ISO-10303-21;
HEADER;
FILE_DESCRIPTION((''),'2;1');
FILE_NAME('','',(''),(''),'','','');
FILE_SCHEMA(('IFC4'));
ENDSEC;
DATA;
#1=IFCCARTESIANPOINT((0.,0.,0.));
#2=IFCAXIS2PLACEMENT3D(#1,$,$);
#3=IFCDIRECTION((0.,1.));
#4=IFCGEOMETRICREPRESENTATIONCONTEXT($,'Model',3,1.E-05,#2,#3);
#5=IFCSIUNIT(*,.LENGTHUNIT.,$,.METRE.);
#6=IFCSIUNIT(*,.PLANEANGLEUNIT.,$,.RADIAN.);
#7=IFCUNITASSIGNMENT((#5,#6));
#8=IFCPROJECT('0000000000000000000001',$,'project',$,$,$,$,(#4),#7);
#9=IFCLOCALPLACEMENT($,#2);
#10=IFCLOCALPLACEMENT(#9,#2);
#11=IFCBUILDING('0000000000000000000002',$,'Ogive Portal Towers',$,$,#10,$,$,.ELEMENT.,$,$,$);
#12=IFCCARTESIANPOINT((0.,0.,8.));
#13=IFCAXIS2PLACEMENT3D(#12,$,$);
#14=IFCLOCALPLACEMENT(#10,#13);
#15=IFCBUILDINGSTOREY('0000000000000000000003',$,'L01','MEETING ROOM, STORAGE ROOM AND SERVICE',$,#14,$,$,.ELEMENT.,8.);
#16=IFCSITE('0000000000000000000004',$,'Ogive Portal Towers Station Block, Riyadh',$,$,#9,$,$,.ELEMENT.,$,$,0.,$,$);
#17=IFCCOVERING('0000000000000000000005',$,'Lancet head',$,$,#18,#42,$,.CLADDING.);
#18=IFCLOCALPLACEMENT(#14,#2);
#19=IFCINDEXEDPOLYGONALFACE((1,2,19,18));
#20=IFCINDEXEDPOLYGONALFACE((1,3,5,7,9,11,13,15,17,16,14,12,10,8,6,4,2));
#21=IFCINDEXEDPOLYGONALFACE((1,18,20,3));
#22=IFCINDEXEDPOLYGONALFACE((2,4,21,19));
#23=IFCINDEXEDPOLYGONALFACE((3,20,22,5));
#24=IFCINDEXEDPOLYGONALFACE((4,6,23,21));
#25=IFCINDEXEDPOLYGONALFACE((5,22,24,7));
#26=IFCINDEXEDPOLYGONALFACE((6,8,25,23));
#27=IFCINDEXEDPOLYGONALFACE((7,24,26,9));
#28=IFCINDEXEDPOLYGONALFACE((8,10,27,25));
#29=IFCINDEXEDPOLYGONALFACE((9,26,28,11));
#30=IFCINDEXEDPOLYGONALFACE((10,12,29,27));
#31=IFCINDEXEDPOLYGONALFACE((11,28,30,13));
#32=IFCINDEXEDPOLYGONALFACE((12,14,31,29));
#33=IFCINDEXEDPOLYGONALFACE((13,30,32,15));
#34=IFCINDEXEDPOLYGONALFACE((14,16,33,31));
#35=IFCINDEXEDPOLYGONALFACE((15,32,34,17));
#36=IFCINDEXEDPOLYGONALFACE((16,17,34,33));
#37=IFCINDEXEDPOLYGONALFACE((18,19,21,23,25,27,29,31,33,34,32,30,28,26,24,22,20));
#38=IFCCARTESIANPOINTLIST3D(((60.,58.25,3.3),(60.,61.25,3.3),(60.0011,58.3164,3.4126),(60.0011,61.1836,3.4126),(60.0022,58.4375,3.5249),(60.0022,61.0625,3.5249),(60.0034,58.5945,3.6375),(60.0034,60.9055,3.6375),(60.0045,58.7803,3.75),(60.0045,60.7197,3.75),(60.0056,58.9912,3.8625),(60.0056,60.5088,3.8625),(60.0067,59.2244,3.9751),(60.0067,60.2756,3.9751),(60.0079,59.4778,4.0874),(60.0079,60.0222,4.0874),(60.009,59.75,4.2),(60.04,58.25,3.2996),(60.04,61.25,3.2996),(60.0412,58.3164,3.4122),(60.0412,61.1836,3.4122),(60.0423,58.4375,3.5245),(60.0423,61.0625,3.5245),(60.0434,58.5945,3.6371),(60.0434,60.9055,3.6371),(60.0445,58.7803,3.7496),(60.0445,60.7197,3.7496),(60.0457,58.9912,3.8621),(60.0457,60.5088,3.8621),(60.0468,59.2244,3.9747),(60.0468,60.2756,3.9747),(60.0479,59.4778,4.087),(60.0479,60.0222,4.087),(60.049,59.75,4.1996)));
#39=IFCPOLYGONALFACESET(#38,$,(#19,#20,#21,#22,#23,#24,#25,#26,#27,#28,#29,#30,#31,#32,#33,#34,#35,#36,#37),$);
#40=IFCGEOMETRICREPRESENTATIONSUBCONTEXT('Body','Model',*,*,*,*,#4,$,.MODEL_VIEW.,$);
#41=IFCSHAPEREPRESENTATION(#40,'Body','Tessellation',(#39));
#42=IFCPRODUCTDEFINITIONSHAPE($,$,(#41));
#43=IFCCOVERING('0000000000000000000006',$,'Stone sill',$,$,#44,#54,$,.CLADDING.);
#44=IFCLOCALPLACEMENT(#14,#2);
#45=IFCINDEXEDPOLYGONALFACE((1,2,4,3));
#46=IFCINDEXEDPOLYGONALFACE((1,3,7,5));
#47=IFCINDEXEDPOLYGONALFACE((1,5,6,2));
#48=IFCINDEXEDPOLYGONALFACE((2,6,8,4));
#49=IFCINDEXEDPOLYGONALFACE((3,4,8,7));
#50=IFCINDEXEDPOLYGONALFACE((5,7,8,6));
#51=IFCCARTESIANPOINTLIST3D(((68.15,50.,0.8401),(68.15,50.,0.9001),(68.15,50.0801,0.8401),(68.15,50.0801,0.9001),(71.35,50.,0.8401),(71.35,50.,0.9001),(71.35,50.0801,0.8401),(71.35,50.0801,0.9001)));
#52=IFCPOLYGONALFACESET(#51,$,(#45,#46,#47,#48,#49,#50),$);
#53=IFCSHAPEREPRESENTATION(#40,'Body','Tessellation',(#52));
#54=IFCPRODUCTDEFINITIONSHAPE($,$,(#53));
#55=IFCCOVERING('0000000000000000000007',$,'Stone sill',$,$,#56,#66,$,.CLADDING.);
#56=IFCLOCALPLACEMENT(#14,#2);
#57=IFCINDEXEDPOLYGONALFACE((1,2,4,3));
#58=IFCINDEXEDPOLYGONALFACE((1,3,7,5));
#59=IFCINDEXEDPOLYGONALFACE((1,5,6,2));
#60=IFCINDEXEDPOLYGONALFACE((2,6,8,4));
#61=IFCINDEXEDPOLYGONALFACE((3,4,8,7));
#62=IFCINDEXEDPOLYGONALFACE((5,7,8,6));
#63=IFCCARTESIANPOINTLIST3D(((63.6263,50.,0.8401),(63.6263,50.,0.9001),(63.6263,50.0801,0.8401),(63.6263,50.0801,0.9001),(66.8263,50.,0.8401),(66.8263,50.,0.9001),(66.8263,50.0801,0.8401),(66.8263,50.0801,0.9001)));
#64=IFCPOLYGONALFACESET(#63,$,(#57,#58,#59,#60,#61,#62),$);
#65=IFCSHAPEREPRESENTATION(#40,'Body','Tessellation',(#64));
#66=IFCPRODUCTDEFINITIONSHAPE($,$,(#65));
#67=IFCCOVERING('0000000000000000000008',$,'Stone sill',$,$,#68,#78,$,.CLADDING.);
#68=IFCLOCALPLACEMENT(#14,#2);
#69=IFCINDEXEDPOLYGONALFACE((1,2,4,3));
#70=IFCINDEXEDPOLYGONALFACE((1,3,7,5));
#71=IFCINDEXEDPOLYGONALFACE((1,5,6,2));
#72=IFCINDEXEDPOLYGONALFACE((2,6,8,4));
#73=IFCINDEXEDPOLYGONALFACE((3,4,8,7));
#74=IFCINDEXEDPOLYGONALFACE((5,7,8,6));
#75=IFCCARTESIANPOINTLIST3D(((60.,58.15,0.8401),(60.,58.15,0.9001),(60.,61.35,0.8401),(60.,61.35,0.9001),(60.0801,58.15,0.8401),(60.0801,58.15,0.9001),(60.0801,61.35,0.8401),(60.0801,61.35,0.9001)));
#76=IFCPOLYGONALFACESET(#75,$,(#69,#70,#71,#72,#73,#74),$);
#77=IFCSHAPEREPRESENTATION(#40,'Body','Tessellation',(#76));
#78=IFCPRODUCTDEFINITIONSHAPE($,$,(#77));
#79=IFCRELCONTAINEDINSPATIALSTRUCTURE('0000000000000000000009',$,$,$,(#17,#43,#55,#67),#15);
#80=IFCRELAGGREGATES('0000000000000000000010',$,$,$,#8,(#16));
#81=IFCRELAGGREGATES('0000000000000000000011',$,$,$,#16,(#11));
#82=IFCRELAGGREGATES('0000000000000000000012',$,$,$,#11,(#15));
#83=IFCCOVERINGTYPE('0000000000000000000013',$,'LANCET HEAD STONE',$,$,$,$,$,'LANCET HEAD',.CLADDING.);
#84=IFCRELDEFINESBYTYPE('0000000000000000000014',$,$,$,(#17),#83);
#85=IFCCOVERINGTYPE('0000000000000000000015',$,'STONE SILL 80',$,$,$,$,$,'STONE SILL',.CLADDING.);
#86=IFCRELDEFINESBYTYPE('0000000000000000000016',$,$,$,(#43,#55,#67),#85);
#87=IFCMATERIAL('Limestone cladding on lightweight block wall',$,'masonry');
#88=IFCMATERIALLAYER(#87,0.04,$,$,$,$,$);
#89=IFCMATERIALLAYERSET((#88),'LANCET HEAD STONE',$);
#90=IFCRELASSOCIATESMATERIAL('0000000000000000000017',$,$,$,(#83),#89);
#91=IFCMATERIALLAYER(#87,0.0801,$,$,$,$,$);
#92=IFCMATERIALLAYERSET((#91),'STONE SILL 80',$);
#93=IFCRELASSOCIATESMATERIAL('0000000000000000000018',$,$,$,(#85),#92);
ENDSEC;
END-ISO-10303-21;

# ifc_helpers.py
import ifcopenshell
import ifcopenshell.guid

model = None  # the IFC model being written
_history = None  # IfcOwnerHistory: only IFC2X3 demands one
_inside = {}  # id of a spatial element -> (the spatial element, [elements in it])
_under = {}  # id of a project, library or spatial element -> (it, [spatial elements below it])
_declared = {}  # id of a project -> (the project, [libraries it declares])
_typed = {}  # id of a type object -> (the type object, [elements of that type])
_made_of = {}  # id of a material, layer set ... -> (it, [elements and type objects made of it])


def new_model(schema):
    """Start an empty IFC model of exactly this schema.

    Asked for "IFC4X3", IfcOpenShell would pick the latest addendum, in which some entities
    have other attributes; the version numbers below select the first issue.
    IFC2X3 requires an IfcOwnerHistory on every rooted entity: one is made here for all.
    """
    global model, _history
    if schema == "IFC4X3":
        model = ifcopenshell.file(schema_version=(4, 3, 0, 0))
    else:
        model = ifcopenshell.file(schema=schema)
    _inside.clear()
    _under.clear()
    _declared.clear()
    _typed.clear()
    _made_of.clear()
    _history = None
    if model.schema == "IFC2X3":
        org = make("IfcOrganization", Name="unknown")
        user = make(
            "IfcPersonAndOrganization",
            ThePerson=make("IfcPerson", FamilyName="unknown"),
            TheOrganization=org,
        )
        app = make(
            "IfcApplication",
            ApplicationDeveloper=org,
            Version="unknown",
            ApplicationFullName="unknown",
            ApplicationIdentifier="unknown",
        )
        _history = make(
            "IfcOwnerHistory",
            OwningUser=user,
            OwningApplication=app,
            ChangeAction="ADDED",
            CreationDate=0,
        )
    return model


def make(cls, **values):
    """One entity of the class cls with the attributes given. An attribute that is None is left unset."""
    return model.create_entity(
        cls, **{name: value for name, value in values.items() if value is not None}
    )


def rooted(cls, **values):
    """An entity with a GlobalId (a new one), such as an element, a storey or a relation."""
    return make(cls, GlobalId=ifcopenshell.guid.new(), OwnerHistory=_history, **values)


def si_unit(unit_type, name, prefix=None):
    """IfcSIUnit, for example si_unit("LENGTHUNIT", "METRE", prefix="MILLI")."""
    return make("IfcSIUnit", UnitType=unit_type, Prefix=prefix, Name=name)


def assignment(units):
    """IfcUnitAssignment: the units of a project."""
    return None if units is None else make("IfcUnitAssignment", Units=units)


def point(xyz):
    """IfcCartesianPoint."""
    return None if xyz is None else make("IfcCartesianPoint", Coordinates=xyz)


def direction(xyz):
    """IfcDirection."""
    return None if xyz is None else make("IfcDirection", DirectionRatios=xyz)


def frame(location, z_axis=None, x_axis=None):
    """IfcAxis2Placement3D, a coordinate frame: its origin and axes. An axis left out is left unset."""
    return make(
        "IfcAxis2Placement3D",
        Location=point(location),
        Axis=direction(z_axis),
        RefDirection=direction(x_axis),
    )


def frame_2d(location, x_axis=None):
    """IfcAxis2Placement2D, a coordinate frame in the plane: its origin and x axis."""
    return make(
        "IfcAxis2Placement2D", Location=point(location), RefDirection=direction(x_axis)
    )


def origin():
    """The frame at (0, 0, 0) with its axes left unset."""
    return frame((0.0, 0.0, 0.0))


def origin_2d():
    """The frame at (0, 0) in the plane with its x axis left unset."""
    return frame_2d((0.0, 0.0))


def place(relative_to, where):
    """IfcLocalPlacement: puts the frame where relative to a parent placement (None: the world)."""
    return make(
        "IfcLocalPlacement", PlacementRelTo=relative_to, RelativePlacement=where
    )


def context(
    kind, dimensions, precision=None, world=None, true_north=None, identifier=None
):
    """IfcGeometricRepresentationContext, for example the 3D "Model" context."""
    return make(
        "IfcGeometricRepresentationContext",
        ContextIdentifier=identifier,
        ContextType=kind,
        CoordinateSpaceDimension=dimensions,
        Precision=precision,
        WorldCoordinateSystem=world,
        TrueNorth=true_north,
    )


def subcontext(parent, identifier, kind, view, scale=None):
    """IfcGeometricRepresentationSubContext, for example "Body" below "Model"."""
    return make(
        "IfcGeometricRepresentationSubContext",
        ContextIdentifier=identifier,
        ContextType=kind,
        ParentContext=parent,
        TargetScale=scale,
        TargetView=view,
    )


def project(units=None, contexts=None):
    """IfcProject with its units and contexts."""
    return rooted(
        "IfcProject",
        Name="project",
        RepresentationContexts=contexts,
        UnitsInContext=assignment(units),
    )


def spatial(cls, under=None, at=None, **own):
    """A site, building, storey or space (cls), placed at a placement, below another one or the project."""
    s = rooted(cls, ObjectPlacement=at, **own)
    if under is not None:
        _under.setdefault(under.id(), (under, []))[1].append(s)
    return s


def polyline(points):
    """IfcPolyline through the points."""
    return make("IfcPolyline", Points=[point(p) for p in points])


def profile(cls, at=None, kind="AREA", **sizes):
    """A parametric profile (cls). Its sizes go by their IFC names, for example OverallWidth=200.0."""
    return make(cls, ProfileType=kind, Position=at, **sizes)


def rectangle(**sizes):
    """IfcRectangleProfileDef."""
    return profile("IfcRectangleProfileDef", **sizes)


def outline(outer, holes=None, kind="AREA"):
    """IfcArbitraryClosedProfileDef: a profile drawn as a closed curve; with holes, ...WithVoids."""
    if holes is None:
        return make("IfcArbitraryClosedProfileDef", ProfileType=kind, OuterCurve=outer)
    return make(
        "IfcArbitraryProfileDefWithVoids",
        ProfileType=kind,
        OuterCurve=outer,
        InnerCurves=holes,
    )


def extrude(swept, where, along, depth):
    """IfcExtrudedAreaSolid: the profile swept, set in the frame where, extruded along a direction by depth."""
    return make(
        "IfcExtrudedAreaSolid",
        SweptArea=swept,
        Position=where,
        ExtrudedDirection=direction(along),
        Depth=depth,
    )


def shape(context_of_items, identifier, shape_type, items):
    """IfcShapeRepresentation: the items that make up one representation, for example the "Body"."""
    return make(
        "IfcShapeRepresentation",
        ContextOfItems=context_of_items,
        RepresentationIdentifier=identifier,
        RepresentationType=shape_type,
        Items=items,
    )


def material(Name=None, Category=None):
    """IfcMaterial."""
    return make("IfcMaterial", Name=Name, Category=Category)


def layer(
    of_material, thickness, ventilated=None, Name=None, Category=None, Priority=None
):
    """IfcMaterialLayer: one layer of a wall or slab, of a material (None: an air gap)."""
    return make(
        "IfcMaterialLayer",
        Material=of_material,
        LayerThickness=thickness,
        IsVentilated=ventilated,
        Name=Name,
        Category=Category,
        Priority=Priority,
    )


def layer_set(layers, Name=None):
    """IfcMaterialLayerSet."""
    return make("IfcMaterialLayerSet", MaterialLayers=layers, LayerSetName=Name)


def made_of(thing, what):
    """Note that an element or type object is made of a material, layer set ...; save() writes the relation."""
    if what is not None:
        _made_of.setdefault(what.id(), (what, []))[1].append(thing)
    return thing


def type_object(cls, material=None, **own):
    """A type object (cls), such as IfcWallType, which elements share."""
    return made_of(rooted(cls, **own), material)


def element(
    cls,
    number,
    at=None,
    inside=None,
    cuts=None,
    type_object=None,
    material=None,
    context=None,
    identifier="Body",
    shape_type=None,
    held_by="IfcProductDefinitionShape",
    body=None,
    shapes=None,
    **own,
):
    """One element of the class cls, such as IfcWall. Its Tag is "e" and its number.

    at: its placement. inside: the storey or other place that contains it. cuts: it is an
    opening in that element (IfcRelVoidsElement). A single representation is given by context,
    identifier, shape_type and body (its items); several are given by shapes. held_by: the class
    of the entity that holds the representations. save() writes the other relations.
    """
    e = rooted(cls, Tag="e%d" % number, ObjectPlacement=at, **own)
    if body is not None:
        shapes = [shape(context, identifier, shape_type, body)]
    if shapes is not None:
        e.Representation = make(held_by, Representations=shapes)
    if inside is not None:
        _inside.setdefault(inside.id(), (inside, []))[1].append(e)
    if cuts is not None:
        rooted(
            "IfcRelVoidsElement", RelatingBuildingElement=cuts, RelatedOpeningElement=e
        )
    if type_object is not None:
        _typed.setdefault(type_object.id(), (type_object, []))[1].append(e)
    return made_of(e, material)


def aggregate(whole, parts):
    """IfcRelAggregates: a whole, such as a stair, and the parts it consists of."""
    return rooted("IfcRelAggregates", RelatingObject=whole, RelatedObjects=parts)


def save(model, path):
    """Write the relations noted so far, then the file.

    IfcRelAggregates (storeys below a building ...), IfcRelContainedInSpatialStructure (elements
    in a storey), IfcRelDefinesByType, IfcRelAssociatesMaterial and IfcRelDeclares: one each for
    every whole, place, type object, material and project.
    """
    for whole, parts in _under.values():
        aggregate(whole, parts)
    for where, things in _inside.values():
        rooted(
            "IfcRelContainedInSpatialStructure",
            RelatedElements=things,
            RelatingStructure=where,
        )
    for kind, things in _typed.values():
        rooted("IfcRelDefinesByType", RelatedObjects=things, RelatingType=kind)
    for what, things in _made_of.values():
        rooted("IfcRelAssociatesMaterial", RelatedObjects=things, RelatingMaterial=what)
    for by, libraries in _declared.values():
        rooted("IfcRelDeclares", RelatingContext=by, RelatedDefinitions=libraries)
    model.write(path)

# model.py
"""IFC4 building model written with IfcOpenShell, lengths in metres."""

from ifc_helpers import new_model, si_unit, direction, frame, origin, origin_2d, place, context, subcontext, project, spatial, polyline, rectangle, outline, extrude, material, layer, layer_set, type_object, element, save


model = new_model("IFC4")

# Units and contexts
model_context = context("Model", 3, precision=1e-05, world=origin(), true_north=direction((0.0, 1.0)))
body_context = subcontext(model_context, "Body", "Model", "MODEL_VIEW")
ifc_project = project(units=[si_unit("LENGTHUNIT", "METRE"), si_unit("PLANEANGLEUNIT", "RADIAN")], contexts=[model_context])

# Site, building, storey
site_placement = place(None, origin())
site = spatial("IfcSite", under=ifc_project, at=site_placement, Name="Ogive Portal Towers Station Block, Riyadh", CompositionType="ELEMENT", RefElevation=0.0)
building_placement = place(site_placement, origin())
building = spatial("IfcBuilding", under=site, at=building_placement, Name="Ogive Portal Towers", CompositionType="ELEMENT")
storey_placement = place(building_placement, frame((0.0, 0.0, 8.0)))
storey = spatial("IfcBuildingStorey", under=building, at=storey_placement, Name="L01", Description="MEETING ROOM, STORAGE ROOM AND SERVICE", CompositionType="ELEMENT", Elevation=8.0)

# Shared definitions
ifc_material_1 = material(Name="Limestone cladding on lightweight block wall", Category="masonry")

# Coverings
ifc_layer_1 = layer(ifc_material_1, 0.04)
ifc_layer_set_1 = layer_set([ifc_layer_1], Name="LANCET HEAD STONE")
covering_type_1 = type_object("IfcCoveringType", Name="LANCET HEAD STONE", ElementType="LANCET HEAD", PredefinedType="CLADDING", material=ifc_layer_set_1)
covering_1_placement = place(storey_placement, frame((60.0, 58.25, 3.3), z_axis=(-0.99995, 0.0, 0.009994), x_axis=(0.0, 1.0, 0.0)))
element("IfcCovering", 1, at=covering_1_placement, inside=storey, type_object=covering_type_1, Name="Lancet head", PredefinedType="CLADDING", context=body_context, shape_type="SweptSolid", body=[
    extrude(outline(polyline([(0.0, 0.0), (3.0, 0.0), (2.9336, -0.1126), (2.8125, -0.2249), (2.6555, -0.3374), (2.4697, -0.45), (2.2588, -0.5625), (2.0256, -0.6751), (1.7722, -0.7874), (1.5, -0.8999), (1.2278, -0.7874), (0.9744, -0.6751), (0.7412, -0.5625), (0.5303, -0.45), (0.3445, -0.3374), (0.1875, -0.2249), (0.0664, -0.1126), (0.0, 0.0)])), origin(), (0.0, 0.0, -1.0), 0.04),
])
ifc_layer_2 = layer(ifc_material_1, 0.0801)
ifc_layer_set_2 = layer_set([ifc_layer_2], Name="STONE SILL 80")
covering_type_2 = type_object("IfcCoveringType", Name="STONE SILL 80", ElementType="STONE SILL", PredefinedType="CLADDING", material=ifc_layer_set_2)
for number, where, z_axis, x_axis, name in (
    (2, (69.75, 50.04, 0.8401), (0.0, 0.0, 1.0), (-1.0, 0.0, 0.0), "Stone sill"),
    (3, (65.2263, 50.04, 0.8401), (0.0, 0.0, 1.0), (-1.0, 0.0, 0.0), "Stone sill"),
    (4, (60.04, 59.75, 0.8401), (0.0, 0.0, 1.0), (0.0, 1.0, 0.0), "Stone sill"),
):
    element("IfcCovering", number, at=place(storey_placement, frame(where, z_axis=z_axis, x_axis=x_axis)), inside=storey, type_object=covering_type_2, Name=name, PredefinedType="CLADDING", context=body_context, shape_type="SweptSolid", body=[
        extrude(rectangle(XDim=3.2, YDim=0.0801, at=origin_2d()), origin(), (0.0, 0.0, 1.0), 0.0601),
    ])

save(model, "model.ifc")
